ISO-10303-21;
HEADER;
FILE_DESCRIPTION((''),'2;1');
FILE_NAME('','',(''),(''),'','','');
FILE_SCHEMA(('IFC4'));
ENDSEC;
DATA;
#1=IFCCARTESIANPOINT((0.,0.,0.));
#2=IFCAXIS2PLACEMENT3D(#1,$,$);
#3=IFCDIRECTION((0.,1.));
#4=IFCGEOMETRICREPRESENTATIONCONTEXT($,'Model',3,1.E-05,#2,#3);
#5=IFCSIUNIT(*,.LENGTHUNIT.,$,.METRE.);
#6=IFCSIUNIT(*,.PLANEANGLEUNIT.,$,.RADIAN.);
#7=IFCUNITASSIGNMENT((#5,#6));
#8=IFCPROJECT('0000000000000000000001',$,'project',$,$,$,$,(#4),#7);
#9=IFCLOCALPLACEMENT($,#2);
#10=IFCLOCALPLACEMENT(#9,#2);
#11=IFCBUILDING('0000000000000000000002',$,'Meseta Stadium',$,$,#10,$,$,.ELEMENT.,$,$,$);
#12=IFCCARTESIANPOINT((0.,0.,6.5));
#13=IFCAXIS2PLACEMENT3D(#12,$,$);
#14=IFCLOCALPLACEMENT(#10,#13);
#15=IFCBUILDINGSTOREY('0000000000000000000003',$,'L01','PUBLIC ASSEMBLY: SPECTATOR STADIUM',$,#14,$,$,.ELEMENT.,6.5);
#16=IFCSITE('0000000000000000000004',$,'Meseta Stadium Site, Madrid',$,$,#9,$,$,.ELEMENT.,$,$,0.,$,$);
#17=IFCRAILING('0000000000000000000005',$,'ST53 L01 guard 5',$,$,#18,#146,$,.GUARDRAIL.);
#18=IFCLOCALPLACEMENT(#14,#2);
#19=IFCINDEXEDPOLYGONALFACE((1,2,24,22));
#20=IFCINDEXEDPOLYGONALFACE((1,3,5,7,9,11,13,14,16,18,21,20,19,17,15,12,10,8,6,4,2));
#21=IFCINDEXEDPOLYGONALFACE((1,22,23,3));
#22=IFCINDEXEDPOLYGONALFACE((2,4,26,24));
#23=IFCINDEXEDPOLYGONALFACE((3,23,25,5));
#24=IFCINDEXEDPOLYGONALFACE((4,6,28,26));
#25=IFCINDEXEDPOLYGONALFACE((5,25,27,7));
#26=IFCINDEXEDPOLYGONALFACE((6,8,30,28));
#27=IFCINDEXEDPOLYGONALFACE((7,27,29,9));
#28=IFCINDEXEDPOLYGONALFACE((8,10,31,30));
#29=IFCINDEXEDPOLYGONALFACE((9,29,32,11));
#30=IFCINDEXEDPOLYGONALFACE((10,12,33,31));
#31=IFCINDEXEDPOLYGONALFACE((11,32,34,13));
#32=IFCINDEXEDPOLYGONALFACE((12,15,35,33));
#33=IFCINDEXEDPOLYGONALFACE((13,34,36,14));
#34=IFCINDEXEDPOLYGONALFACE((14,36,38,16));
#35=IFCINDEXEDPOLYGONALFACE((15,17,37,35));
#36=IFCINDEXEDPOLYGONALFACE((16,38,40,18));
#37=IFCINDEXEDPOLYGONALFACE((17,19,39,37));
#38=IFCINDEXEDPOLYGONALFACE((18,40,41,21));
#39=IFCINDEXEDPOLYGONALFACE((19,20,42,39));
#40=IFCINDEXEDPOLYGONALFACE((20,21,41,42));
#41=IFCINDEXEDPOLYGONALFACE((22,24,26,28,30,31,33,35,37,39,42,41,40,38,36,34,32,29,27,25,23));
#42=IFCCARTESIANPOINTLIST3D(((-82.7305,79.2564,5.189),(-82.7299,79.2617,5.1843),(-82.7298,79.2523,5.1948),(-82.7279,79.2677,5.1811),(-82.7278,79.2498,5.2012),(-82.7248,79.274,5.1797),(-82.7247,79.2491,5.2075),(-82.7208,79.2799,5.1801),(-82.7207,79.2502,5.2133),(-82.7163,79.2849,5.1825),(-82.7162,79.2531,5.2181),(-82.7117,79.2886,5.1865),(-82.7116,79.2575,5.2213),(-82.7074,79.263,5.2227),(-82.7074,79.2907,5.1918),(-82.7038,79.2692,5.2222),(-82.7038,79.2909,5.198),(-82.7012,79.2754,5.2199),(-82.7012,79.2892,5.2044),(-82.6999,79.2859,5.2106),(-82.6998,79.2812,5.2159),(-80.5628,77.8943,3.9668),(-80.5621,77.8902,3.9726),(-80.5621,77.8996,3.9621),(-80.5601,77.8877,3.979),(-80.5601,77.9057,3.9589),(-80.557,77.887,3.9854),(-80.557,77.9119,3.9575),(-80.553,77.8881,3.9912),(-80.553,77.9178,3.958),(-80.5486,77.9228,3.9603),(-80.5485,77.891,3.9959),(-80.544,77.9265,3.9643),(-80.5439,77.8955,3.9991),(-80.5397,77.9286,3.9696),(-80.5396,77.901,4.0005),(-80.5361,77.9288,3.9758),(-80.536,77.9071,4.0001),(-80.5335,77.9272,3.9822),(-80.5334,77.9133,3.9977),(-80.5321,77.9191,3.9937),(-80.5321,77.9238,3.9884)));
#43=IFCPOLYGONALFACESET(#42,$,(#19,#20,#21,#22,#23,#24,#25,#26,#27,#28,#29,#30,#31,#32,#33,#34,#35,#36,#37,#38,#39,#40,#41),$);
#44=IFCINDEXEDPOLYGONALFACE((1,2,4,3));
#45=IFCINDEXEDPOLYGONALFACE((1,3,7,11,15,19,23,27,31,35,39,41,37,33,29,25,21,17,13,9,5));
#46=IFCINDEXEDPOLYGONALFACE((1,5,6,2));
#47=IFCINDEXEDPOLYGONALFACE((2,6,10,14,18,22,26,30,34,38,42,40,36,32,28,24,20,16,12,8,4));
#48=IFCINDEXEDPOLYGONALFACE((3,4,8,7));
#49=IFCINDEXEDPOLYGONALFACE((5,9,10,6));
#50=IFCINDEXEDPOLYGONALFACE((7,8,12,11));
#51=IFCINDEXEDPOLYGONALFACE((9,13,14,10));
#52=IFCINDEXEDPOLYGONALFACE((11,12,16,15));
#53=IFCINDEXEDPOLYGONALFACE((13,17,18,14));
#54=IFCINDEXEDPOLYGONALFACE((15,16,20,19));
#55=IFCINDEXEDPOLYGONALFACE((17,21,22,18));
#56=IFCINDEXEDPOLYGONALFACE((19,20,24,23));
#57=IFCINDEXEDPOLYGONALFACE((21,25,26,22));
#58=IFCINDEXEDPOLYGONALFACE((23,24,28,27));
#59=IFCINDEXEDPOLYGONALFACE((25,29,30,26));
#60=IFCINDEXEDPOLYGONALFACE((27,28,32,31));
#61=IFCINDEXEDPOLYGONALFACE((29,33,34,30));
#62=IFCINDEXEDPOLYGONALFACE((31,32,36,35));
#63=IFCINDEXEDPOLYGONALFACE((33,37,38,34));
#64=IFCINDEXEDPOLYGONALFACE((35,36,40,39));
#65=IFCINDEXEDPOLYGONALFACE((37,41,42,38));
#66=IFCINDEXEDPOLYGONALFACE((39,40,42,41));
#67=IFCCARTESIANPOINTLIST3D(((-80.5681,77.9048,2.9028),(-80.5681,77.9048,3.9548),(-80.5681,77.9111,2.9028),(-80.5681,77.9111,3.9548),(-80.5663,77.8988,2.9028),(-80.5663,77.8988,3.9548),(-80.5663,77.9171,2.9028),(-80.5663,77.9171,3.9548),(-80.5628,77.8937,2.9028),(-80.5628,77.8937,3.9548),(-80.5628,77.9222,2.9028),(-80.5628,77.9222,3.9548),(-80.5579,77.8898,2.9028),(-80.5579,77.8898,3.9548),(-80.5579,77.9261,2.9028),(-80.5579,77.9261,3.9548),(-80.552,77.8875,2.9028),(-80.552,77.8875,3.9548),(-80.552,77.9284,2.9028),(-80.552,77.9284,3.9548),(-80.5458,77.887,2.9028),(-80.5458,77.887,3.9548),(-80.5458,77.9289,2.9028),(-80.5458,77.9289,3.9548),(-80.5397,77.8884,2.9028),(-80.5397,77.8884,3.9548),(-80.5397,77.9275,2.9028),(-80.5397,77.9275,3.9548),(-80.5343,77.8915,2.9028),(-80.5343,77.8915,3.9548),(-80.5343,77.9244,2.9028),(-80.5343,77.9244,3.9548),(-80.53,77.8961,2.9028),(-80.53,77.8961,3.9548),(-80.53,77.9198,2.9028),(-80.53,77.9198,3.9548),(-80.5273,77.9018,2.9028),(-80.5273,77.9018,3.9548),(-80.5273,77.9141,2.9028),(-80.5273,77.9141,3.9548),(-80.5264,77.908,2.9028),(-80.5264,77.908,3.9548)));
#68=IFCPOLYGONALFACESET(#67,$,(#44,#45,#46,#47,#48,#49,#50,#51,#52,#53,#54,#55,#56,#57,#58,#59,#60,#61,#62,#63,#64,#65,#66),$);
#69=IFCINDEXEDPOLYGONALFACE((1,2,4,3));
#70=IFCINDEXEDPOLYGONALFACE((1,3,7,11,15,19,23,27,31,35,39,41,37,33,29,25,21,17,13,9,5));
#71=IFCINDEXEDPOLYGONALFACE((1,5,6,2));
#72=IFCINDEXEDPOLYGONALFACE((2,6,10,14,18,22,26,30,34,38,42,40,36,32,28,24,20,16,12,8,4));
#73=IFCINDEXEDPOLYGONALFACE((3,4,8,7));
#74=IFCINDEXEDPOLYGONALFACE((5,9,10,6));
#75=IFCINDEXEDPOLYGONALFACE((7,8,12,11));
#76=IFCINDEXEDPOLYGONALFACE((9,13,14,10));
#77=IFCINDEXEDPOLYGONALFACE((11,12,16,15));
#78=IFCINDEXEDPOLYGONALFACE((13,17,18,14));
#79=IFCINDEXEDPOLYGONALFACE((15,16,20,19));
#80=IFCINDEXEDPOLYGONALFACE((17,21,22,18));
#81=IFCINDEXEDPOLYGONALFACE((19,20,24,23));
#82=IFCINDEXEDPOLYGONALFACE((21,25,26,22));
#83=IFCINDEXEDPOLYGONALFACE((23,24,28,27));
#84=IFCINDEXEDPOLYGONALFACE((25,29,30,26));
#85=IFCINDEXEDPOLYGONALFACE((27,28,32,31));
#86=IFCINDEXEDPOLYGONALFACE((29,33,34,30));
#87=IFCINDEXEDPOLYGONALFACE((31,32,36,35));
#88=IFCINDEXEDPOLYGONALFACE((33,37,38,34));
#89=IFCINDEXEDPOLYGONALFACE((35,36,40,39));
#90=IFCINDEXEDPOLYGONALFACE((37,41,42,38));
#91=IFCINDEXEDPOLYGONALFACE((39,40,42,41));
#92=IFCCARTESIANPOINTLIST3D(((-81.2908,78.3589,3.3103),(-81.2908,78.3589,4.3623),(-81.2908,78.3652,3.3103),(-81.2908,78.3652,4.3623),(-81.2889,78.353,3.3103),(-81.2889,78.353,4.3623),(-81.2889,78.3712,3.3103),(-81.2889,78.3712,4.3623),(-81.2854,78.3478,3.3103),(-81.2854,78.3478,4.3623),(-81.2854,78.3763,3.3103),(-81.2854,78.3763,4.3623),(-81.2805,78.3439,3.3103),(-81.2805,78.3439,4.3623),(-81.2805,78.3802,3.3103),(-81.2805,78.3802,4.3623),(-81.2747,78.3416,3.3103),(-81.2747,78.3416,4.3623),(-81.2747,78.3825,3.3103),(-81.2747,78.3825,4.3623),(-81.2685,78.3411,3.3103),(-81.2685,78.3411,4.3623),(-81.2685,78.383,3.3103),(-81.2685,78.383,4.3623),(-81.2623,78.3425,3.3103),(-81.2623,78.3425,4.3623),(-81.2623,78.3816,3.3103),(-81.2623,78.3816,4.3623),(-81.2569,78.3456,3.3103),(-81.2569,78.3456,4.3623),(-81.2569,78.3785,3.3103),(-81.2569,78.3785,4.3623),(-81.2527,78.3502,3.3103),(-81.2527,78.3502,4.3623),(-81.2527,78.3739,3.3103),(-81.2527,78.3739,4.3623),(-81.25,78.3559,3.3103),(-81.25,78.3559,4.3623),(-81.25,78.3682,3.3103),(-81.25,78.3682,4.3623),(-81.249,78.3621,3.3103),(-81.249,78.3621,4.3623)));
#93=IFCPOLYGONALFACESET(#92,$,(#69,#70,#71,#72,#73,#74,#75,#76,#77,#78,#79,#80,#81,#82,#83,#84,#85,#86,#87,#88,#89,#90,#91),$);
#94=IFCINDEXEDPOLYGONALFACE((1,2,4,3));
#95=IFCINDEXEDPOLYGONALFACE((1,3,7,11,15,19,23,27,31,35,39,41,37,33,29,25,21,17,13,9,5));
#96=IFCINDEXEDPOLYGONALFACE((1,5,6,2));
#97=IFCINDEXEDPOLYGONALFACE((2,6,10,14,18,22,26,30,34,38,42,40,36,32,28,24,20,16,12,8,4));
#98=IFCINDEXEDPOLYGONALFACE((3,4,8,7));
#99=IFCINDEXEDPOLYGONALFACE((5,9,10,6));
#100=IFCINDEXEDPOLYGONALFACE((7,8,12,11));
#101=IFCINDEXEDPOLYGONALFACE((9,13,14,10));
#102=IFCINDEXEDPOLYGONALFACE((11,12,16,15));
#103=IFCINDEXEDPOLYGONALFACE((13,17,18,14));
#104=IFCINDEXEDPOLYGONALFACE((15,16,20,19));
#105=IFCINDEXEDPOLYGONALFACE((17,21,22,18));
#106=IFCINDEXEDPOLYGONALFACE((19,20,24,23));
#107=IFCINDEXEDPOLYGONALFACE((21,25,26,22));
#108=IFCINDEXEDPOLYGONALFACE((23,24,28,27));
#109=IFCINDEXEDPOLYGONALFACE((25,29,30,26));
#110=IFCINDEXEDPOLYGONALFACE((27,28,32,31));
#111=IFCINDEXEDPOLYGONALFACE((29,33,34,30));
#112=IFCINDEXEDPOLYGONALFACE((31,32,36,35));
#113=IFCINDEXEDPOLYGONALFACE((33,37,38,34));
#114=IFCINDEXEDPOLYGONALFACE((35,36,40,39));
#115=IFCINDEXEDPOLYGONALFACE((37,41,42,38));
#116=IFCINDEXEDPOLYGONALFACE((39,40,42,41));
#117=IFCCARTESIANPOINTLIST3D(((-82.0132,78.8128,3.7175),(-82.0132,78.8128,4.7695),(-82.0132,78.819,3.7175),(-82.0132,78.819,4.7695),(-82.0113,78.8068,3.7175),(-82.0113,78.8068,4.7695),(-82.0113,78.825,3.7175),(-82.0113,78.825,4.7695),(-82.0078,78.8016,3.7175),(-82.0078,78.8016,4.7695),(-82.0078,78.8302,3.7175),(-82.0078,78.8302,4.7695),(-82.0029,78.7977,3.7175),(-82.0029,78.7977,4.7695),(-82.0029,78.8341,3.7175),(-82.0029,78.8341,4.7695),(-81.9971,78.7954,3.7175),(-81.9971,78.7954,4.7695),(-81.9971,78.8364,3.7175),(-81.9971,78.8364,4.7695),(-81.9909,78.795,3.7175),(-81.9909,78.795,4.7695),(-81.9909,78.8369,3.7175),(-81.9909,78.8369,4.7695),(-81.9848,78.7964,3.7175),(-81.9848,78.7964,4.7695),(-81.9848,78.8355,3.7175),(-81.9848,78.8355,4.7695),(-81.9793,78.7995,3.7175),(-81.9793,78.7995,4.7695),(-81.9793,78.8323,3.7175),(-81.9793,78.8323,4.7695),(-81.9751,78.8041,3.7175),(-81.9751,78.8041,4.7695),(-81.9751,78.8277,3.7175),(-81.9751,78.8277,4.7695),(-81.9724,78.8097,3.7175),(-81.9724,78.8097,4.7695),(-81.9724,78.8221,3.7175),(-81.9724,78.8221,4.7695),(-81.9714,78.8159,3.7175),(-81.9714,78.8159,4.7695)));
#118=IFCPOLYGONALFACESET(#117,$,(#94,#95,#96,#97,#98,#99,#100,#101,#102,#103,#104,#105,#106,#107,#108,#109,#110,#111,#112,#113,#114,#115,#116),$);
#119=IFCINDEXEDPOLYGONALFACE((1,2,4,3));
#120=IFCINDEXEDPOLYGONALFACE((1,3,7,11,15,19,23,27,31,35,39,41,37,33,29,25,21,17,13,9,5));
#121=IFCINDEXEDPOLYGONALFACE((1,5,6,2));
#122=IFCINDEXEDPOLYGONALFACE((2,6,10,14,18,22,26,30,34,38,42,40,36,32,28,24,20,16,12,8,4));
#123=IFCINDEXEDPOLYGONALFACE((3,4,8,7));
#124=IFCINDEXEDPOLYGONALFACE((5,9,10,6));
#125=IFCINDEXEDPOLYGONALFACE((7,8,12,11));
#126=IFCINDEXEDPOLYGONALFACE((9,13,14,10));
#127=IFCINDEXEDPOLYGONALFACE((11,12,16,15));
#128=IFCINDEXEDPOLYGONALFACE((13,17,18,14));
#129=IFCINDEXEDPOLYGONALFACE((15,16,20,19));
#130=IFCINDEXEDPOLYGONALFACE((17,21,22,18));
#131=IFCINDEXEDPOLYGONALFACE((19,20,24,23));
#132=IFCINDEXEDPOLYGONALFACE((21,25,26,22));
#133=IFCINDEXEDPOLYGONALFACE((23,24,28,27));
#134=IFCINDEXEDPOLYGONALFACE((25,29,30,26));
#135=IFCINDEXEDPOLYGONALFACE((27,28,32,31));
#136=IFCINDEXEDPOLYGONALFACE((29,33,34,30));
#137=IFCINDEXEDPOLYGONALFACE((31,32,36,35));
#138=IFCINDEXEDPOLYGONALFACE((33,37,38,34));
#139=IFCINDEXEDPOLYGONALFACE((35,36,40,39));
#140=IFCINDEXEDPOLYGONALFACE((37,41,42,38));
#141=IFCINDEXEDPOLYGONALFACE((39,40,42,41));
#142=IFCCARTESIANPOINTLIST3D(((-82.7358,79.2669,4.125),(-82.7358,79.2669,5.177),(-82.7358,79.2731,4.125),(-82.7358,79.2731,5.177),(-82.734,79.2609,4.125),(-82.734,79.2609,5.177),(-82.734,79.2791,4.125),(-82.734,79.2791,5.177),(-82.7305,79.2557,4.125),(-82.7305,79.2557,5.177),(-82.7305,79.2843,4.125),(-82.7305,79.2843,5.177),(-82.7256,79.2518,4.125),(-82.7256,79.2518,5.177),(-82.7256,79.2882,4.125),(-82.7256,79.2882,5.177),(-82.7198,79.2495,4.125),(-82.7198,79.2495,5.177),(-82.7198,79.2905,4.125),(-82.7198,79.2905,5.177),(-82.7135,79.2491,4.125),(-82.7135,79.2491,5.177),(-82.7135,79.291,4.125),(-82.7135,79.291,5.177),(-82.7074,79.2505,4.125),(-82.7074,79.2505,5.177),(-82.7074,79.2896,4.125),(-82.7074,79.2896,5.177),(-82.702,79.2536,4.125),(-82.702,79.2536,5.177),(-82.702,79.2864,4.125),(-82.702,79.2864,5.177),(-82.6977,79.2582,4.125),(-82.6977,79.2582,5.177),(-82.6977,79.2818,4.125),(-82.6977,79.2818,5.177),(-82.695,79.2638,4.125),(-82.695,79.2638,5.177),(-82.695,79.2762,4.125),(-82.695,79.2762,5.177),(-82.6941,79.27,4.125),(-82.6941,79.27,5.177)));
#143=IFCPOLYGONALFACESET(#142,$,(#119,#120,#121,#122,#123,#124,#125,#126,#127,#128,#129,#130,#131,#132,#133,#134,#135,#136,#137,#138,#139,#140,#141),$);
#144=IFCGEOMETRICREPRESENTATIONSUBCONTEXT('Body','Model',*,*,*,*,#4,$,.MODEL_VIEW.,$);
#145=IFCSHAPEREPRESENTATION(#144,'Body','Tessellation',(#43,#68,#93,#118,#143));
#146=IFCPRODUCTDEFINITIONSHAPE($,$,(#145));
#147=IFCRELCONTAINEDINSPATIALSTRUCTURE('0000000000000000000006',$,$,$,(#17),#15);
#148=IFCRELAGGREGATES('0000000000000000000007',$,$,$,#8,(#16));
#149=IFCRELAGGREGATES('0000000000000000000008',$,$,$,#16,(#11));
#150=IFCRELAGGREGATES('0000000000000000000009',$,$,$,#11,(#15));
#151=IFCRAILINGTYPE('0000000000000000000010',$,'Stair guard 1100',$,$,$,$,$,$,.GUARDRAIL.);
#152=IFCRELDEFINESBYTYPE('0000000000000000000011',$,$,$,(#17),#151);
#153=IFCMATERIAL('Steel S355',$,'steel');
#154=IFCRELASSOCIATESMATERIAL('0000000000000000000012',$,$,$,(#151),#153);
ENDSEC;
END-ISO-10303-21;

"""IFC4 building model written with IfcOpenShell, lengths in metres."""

from ifc_helpers import new_model, si_unit, direction, frame, origin, origin_2d, place, context, subcontext, project, spatial, circle, extrude, material, type_object, element, save


model = new_model("IFC4")

# Units and contexts
model_context = context("Model", 3, precision=1e-05, world=origin(), true_north=direction((0.0, 1.0)))
body_context = subcontext(model_context, "Body", "Model", "MODEL_VIEW")
ifc_project = project(units=[si_unit("LENGTHUNIT", "METRE"), si_unit("PLANEANGLEUNIT", "RADIAN")], contexts=[model_context])

# Site, building, storey
site_placement = place(None, origin())
site = spatial("IfcSite", under=ifc_project, at=site_placement, Name="Meseta Stadium Site, Madrid", CompositionType="ELEMENT", RefElevation=0.0)
building_placement = place(site_placement, origin())
building = spatial("IfcBuilding", under=site, at=building_placement, Name="Meseta Stadium", CompositionType="ELEMENT")
storey_placement = place(building_placement, frame((0.0, 0.0, 6.5)))
storey = spatial("IfcBuildingStorey", under=building, at=storey_placement, Name="L01", Description="PUBLIC ASSEMBLY: SPECTATOR STADIUM", CompositionType="ELEMENT", Elevation=6.5)

# Railing
ifc_material_1 = material(Name="Steel S355", Category="steel")
railing_type_1 = type_object("IfcRailingType", Name="Stair guard 1100", PredefinedType="GUARDRAIL", material=ifc_material_1)
railing_1_placement = place(storey_placement, frame((-80.5474, 77.908, 2.9028)))
element("IfcRailing", 1, at=railing_1_placement, inside=storey, type_object=railing_type_1, Name="ST53 L01 guard 5", PredefinedType="GUARDRAIL", context=body_context, shape_type="SweptSolid", body=[
    extrude(circle(Radius=0.0239, at=origin_2d()), frame((0.0, 0.0, 1.0762), z_axis=(-0.764121, 0.480125, 0.430813), x_axis=(-0.532029, -0.846726, 0.0)), (0.0, 0.0, 1.0), 2.8369),
    extrude(circle(Radius=0.021, at=origin_2d()), origin(), (0.0, 0.0, 1.0), 1.052),
    extrude(circle(Radius=0.021, at=origin_2d()), frame((-0.7227, 0.4541, 0.4075)), (0.0, 0.0, 1.0), 1.052),
    extrude(circle(Radius=0.021, at=origin_2d()), frame((-1.4451, 0.908, 0.8147)), (0.0, 0.0, 1.0), 1.052),
    extrude(circle(Radius=0.021, at=origin_2d()), frame((-2.1677, 1.3621, 1.2222)), (0.0, 0.0, 1.0), 1.052),
])

save(model, "model.ifc")
